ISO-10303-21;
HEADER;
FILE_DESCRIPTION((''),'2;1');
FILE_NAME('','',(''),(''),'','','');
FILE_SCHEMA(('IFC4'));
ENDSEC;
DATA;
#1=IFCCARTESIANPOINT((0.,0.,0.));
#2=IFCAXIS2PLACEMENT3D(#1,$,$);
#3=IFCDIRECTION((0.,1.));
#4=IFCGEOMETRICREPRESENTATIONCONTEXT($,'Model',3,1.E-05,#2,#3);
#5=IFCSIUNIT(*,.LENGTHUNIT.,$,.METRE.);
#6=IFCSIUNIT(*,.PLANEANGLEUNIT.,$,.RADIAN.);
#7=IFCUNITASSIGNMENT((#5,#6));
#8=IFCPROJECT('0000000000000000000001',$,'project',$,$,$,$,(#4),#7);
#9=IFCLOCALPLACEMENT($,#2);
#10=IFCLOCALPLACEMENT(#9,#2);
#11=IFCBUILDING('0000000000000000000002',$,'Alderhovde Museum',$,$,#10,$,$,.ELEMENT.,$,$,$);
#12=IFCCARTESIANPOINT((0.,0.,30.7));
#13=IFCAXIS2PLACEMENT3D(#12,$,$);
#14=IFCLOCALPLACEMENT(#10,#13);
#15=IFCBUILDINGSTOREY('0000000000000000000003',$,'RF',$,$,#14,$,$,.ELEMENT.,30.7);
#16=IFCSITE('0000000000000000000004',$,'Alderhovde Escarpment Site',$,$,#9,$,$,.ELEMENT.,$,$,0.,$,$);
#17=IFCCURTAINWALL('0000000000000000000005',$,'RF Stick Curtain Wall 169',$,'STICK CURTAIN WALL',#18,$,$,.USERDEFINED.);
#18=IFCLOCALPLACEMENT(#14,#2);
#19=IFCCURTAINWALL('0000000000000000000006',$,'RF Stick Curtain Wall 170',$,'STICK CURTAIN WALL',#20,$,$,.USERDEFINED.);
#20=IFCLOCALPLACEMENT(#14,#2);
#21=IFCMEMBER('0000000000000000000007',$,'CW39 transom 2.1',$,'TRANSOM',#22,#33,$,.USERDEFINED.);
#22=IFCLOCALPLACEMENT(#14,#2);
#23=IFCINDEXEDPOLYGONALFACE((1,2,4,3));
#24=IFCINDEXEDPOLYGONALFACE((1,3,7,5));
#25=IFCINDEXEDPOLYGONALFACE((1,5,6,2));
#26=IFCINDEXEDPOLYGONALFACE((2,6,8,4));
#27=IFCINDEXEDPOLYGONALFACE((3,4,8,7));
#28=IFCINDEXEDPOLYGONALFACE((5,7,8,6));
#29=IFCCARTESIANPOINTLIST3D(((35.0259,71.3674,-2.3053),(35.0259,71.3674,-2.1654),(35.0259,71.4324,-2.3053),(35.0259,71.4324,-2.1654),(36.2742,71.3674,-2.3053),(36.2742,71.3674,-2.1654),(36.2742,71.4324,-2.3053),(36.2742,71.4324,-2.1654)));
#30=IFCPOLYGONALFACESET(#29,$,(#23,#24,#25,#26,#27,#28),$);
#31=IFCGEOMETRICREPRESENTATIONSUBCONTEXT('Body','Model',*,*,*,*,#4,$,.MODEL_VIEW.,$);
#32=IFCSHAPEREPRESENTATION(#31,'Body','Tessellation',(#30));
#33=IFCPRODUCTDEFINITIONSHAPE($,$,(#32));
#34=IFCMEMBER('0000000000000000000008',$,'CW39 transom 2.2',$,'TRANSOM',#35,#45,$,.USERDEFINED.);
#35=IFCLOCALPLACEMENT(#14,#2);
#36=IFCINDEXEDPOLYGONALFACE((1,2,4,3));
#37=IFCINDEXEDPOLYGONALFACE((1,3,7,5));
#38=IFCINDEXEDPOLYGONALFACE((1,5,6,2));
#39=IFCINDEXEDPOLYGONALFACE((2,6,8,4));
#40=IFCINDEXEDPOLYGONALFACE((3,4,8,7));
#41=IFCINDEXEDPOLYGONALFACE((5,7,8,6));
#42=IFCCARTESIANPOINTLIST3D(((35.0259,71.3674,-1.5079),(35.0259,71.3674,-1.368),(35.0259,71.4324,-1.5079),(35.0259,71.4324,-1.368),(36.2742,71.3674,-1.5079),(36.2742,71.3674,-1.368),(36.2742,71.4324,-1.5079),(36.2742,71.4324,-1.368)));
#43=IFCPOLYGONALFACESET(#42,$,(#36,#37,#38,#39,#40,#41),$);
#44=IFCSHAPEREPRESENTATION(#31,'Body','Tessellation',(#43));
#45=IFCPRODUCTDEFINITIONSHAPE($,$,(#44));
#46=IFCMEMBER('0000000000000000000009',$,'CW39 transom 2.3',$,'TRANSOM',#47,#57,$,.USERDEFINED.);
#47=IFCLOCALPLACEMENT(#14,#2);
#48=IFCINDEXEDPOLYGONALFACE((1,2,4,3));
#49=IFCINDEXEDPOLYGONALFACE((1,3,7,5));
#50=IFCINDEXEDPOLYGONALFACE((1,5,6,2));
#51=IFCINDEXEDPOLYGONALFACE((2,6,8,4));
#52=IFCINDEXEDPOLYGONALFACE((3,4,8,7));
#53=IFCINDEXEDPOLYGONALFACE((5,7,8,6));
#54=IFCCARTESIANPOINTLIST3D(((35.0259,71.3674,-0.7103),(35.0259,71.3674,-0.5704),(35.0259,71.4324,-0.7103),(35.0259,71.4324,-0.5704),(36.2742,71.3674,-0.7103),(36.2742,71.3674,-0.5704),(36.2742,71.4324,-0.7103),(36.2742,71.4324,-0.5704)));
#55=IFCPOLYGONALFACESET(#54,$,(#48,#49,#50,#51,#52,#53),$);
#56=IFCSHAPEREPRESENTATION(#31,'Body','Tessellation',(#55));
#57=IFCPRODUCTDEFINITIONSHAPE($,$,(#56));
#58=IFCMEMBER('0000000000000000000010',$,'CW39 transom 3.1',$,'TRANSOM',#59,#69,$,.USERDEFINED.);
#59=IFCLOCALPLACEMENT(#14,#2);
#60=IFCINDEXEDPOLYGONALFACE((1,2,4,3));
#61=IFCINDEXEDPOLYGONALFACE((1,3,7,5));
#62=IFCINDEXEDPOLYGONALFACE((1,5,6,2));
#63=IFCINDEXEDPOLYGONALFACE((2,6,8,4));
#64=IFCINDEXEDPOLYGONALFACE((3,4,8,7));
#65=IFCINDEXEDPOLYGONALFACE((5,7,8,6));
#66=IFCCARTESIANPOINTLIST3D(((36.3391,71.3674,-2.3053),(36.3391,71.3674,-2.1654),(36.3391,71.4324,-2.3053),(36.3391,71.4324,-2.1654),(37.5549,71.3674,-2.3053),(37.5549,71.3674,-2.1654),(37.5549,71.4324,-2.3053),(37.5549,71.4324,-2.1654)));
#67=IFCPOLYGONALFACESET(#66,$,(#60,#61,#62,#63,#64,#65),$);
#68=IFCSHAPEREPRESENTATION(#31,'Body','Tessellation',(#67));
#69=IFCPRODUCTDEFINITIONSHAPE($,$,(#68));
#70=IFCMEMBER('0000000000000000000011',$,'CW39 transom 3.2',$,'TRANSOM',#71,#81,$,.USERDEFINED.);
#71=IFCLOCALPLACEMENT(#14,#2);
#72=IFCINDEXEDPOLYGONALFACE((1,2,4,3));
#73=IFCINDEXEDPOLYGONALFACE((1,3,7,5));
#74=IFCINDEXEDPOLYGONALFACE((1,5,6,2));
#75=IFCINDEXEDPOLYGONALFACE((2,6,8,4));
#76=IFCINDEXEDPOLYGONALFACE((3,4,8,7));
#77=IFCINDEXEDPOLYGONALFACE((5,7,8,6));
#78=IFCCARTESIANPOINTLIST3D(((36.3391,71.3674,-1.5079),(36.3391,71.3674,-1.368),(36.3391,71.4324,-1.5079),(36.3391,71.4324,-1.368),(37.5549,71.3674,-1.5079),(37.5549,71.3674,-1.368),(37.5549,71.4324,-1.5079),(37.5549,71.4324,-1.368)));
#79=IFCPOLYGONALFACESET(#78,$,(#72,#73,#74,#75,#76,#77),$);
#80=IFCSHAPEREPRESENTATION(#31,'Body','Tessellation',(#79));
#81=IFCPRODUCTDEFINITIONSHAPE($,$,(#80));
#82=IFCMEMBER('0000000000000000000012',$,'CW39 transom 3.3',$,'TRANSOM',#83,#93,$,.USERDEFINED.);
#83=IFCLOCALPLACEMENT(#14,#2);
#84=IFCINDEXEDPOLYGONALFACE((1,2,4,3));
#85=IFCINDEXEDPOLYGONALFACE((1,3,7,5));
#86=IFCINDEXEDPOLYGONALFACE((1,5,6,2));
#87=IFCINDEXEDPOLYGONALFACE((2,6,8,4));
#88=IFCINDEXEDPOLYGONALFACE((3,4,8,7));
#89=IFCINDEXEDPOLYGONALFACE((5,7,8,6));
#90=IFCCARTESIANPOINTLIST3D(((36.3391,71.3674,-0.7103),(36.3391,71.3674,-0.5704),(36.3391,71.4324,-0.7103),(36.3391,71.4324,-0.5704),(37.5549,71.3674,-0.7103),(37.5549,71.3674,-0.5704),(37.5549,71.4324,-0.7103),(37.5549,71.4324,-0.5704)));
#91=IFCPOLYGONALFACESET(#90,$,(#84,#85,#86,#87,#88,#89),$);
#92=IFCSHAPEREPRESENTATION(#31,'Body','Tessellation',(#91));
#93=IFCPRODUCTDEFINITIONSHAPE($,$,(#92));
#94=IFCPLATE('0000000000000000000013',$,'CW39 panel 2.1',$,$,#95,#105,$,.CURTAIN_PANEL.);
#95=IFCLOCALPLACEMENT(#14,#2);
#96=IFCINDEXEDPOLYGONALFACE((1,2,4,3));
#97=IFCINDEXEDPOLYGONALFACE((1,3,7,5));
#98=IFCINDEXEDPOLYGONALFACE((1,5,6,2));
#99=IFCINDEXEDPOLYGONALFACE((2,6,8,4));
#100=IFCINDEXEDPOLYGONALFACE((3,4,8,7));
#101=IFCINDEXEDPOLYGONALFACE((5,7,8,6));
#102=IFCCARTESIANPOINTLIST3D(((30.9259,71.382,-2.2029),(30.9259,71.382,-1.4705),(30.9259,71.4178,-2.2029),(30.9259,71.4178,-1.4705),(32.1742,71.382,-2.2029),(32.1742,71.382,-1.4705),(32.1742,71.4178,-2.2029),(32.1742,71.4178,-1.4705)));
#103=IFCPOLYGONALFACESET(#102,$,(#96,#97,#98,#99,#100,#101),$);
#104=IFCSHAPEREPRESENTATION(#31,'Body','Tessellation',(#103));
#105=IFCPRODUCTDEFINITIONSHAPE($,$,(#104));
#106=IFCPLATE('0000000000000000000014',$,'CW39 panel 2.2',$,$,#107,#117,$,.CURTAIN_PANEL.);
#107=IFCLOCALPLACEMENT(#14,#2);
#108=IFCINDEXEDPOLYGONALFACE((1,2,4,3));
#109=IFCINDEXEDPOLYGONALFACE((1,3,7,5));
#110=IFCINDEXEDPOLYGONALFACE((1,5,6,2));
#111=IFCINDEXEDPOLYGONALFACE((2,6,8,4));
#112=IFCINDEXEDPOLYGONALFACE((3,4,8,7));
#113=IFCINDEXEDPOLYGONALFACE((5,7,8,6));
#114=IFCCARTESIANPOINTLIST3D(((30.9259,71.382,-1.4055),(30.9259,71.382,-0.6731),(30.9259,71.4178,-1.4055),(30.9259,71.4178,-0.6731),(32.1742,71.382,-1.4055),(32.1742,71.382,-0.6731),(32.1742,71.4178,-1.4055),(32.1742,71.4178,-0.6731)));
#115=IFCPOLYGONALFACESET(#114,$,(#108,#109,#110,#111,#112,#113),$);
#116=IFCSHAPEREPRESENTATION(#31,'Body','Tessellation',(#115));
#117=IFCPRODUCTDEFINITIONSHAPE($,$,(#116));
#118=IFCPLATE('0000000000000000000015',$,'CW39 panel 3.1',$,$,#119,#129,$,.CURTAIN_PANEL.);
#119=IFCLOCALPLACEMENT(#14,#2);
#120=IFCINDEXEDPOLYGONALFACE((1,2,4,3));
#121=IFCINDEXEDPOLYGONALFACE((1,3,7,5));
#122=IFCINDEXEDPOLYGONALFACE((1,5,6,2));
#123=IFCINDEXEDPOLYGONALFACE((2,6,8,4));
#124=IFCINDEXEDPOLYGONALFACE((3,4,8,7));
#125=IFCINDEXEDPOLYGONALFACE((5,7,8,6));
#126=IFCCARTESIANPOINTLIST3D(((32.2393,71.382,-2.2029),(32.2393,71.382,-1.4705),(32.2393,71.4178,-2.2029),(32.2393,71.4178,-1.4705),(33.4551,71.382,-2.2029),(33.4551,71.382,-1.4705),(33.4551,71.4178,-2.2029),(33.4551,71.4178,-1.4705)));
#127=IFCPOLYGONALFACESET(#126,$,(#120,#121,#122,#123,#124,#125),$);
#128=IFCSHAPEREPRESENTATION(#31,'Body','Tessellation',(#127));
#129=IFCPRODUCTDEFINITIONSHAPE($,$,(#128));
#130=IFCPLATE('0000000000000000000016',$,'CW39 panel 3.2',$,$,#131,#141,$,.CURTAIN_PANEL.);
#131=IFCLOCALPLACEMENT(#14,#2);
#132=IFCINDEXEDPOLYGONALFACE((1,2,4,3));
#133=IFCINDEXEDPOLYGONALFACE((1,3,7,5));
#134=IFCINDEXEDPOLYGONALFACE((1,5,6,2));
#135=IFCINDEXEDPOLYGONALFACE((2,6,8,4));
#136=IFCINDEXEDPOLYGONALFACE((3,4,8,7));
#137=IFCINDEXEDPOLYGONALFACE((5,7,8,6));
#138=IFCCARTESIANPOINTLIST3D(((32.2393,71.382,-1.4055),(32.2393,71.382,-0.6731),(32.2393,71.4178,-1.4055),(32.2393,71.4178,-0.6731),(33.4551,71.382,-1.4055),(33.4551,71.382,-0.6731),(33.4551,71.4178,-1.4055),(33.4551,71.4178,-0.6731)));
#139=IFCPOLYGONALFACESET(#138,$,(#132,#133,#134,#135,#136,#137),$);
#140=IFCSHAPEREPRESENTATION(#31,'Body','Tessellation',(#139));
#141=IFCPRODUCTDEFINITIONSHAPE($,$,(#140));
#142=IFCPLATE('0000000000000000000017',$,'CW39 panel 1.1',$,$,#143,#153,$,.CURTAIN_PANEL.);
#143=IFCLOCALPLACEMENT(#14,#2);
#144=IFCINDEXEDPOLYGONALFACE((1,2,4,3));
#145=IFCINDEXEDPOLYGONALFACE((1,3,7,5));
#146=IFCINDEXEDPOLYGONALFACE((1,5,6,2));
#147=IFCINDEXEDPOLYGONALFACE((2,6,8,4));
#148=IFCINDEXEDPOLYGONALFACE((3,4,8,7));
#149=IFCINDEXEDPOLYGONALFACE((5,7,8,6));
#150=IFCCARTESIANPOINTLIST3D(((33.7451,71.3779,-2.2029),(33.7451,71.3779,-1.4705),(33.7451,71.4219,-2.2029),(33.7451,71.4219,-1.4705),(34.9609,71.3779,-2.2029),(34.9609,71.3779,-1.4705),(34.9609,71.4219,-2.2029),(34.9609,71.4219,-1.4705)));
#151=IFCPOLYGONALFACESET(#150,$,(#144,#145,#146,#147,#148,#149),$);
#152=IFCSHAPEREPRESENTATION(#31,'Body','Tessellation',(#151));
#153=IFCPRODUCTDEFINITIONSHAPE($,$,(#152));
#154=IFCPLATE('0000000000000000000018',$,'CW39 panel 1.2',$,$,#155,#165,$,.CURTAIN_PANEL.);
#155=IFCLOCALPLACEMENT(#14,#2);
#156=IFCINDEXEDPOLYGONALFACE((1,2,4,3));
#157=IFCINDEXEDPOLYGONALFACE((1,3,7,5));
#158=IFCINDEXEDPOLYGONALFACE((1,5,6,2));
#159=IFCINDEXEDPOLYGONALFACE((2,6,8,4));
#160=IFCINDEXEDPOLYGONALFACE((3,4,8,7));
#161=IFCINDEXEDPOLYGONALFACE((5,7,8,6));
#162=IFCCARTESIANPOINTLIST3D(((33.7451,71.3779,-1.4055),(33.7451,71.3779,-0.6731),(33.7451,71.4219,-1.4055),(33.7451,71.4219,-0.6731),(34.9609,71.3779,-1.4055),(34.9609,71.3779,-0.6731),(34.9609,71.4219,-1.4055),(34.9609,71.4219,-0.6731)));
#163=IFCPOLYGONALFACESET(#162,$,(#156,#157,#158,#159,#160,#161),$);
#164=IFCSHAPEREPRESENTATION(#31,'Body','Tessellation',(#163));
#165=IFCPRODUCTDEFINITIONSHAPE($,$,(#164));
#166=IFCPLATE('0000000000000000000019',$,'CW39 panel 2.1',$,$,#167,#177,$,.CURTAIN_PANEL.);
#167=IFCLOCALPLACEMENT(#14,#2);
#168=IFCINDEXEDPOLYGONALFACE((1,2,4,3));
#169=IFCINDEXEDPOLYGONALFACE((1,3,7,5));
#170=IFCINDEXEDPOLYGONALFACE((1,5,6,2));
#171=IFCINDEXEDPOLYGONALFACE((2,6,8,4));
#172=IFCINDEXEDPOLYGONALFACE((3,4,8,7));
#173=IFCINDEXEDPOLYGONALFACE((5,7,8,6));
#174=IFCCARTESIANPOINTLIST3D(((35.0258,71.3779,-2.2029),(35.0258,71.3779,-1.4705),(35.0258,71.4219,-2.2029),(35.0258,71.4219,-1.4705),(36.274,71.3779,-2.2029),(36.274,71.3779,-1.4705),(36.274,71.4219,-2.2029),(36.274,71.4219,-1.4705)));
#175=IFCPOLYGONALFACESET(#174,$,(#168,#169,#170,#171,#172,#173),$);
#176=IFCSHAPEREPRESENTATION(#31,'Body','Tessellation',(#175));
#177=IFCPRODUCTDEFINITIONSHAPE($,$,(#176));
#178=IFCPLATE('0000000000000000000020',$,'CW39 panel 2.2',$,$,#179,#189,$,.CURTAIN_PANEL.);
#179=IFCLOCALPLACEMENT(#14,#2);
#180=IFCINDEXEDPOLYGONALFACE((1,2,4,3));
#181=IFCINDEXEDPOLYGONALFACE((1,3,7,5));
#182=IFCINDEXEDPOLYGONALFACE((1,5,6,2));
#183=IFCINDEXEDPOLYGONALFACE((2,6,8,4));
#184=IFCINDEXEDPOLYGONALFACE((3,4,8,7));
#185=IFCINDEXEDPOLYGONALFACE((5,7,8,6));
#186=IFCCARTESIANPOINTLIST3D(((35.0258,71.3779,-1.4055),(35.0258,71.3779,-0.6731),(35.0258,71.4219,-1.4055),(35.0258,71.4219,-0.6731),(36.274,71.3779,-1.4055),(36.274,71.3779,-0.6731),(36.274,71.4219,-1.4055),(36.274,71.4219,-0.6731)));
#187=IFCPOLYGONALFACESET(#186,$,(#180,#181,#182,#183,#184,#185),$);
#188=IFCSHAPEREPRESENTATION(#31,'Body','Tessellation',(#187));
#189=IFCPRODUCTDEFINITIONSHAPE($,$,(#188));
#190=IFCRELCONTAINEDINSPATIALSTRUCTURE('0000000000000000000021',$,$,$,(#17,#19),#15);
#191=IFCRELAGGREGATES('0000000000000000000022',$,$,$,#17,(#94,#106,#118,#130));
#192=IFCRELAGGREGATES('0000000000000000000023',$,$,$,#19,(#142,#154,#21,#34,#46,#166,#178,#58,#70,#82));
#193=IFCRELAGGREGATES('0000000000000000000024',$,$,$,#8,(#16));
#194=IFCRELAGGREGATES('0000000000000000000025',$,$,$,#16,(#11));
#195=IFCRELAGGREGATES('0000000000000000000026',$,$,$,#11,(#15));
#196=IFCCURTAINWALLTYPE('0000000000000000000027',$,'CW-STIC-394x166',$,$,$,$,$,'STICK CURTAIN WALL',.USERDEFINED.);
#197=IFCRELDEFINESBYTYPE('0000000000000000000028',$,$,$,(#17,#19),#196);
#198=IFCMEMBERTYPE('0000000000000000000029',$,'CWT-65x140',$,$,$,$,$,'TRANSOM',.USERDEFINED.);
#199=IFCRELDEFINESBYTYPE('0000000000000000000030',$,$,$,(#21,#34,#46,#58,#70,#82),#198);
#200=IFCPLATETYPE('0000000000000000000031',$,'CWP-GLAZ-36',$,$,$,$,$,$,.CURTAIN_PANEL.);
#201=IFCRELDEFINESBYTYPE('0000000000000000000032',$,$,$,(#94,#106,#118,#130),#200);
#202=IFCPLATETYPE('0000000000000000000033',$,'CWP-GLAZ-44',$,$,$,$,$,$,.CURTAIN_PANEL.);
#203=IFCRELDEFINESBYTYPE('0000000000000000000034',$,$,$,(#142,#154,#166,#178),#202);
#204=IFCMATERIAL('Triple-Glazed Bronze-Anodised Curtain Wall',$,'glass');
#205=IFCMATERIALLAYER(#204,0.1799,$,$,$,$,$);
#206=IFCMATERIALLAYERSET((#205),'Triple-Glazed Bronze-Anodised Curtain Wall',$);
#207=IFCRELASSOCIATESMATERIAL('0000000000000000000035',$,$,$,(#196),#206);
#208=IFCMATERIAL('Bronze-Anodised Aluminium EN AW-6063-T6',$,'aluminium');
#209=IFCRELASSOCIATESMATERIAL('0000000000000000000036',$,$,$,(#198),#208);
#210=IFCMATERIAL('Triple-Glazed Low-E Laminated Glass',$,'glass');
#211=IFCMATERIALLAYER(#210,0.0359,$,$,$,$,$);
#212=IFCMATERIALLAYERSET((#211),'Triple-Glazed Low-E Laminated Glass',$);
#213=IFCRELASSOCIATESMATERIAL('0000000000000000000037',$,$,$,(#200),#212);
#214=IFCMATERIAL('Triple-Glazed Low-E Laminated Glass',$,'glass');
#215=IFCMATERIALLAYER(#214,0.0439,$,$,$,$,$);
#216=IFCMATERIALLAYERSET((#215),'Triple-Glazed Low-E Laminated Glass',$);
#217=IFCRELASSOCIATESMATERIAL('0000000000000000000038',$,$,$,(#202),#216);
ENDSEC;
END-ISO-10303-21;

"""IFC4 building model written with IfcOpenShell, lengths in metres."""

from ifc_helpers import new_model, si_unit, direction, frame, origin, origin_2d, place, context, subcontext, project, spatial, rectangle, extrude, material, layer, layer_set, material_profile, profile_set, type_object, element, aggregate, save


model = new_model("IFC4")

# Units and contexts
model_context = context("Model", 3, precision=1e-05, world=origin(), true_north=direction((0.0, 1.0)))
body_context = subcontext(model_context, "Body", "Model", "MODEL_VIEW")
ifc_project = project(units=[si_unit("LENGTHUNIT", "METRE"), si_unit("PLANEANGLEUNIT", "RADIAN")], contexts=[model_context])

# Site, building, storey
site_placement = place(None, origin())
site = spatial("IfcSite", under=ifc_project, at=site_placement, Name="Alderhovde Escarpment Site", CompositionType="ELEMENT", RefElevation=0.0)
building_placement = place(site_placement, origin())
building = spatial("IfcBuilding", under=site, at=building_placement, Name="Alderhovde Museum", CompositionType="ELEMENT")
storey_placement = place(building_placement, frame((0.0, 0.0, 30.7)))
storey = spatial("IfcBuildingStorey", under=building, at=storey_placement, Name="RF", CompositionType="ELEMENT", Elevation=30.7)

# Curtain walls
ifc_material_1 = material(Name="Triple-Glazed Bronze-Anodised Curtain Wall", Category="glass")
ifc_layer_1 = layer(ifc_material_1, 0.1799)
ifc_layer_set_1 = layer_set([ifc_layer_1], Name="Triple-Glazed Bronze-Anodised Curtain Wall")
curtain_wall_type = type_object("IfcCurtainWallType", Name="CW-STIC-394x166", ElementType="STICK CURTAIN WALL", PredefinedType="USERDEFINED", material=ifc_layer_set_1)
curtain_wall_1_placement = place(storey_placement, origin())
curtain_wall_1 = element("IfcCurtainWall", 1, at=curtain_wall_1_placement, inside=storey, type_object=curtain_wall_type, Name="RF Stick Curtain Wall 169", ObjectType="STICK CURTAIN WALL", PredefinedType="USERDEFINED")
curtain_wall_2_placement = place(storey_placement, origin())
curtain_wall_2 = element("IfcCurtainWall", 2, at=curtain_wall_2_placement, inside=storey, type_object=curtain_wall_type, Name="RF Stick Curtain Wall 170", ObjectType="STICK CURTAIN WALL", PredefinedType="USERDEFINED")

# Members
ifc_material_2 = material(Name="Bronze-Anodised Aluminium EN AW-6063-T6", Category="aluminium")
ifc_material_profile_1 = material_profile(ifc_material_2, rectangle(XDim=0.0649, YDim=0.1399, at=origin_2d()), Name="TRANSOM 65x140")
ifc_profile_set_1 = profile_set([ifc_material_profile_1], Name="Bronze-Anodised Aluminium EN AW-6063-T6")
member_type_1 = type_object("IfcMemberType", Name="CWT-65x140", ElementType="TRANSOM", PredefinedType="USERDEFINED", material=ifc_profile_set_1)
member_1_placement = place(storey_placement, frame((35.0259, 71.3999, -2.2354), z_axis=(1.0, 0.0, 0.0), x_axis=(0.0, 1.0, 0.0)))
member_1 = element("IfcMember", 3, at=member_1_placement, type_object=member_type_1, Name="CW39 transom 2.1", ObjectType="TRANSOM", PredefinedType="USERDEFINED", context=body_context, shape_type="SweptSolid", body=[
    extrude(rectangle(XDim=0.0649, YDim=0.1399, at=origin_2d()), origin(), (0.0, 0.0, 1.0), 1.2483),
])
member_2_placement = place(storey_placement, frame((35.0259, 71.3999, -1.438), z_axis=(1.0, 0.0, 0.0), x_axis=(0.0, 1.0, 0.0)))
member_2 = element("IfcMember", 4, at=member_2_placement, type_object=member_type_1, Name="CW39 transom 2.2", ObjectType="TRANSOM", PredefinedType="USERDEFINED", context=body_context, shape_type="SweptSolid", body=[
    extrude(rectangle(XDim=0.0649, YDim=0.1399, at=origin_2d()), origin(), (0.0, 0.0, 1.0), 1.2483),
])
member_3_placement = place(storey_placement, frame((35.0259, 71.3999, -0.6404), z_axis=(1.0, 0.0, 0.0), x_axis=(0.0, 1.0, 0.0)))
member_3 = element("IfcMember", 5, at=member_3_placement, type_object=member_type_1, Name="CW39 transom 2.3", ObjectType="TRANSOM", PredefinedType="USERDEFINED", context=body_context, shape_type="SweptSolid", body=[
    extrude(rectangle(XDim=0.0649, YDim=0.1399, at=origin_2d()), origin(), (0.0, 0.0, 1.0), 1.2483),
])
member_4_placement = place(storey_placement, frame((36.3391, 71.3999, -2.2354), z_axis=(1.0, 0.0, 0.0), x_axis=(0.0, 1.0, 0.0)))
member_4 = element("IfcMember", 6, at=member_4_placement, type_object=member_type_1, Name="CW39 transom 3.1", ObjectType="TRANSOM", PredefinedType="USERDEFINED", context=body_context, shape_type="SweptSolid", body=[
    extrude(rectangle(XDim=0.0649, YDim=0.1399, at=origin_2d()), origin(), (0.0, 0.0, 1.0), 1.2158),
])
member_5_placement = place(storey_placement, frame((36.3391, 71.3999, -1.438), z_axis=(1.0, 0.0, 0.0), x_axis=(0.0, 1.0, 0.0)))
member_5 = element("IfcMember", 7, at=member_5_placement, type_object=member_type_1, Name="CW39 transom 3.2", ObjectType="TRANSOM", PredefinedType="USERDEFINED", context=body_context, shape_type="SweptSolid", body=[
    extrude(rectangle(XDim=0.0649, YDim=0.1399, at=origin_2d()), origin(), (0.0, 0.0, 1.0), 1.2158),
])
member_6_placement = place(storey_placement, frame((36.3391, 71.3999, -0.6404), z_axis=(1.0, 0.0, 0.0), x_axis=(0.0, 1.0, 0.0)))
member_6 = element("IfcMember", 8, at=member_6_placement, type_object=member_type_1, Name="CW39 transom 3.3", ObjectType="TRANSOM", PredefinedType="USERDEFINED", context=body_context, shape_type="SweptSolid", body=[
    extrude(rectangle(XDim=0.0649, YDim=0.1399, at=origin_2d()), origin(), (0.0, 0.0, 1.0), 1.2158),
])

# Plates
ifc_material_3 = material(Name="Triple-Glazed Low-E Laminated Glass", Category="glass")
ifc_layer_2 = layer(ifc_material_3, 0.0359)
ifc_layer_set_2 = layer_set([ifc_layer_2], Name="Triple-Glazed Low-E Laminated Glass")
plate_type_1 = type_object("IfcPlateType", Name="CWP-GLAZ-36", PredefinedType="CURTAIN_PANEL", material=ifc_layer_set_2)
plate_1_placement = place(storey_placement, frame((31.55, 71.3999, -2.2029), z_axis=(0.0, 0.0, 1.0), x_axis=(1.0, 0.0, 0.0)))
plate_1 = element("IfcPlate", 9, at=plate_1_placement, type_object=plate_type_1, Name="CW39 panel 2.1", PredefinedType="CURTAIN_PANEL", context=body_context, shape_type="SweptSolid", body=[
    extrude(rectangle(XDim=1.2483, YDim=0.0359, at=origin_2d()), origin(), (0.0, 0.0, 1.0), 0.7324),
])
plate_2_placement = place(storey_placement, frame((31.55, 71.3999, -1.4055), z_axis=(0.0, 0.0, 1.0), x_axis=(1.0, 0.0, 0.0)))
plate_2 = element("IfcPlate", 10, at=plate_2_placement, type_object=plate_type_1, Name="CW39 panel 2.2", PredefinedType="CURTAIN_PANEL", context=body_context, shape_type="SweptSolid", body=[
    extrude(rectangle(XDim=1.2483, YDim=0.0359, at=origin_2d()), origin(), (0.0, 0.0, 1.0), 0.7324),
])
plate_3_placement = place(storey_placement, frame((32.8472, 71.3999, -2.2029), z_axis=(0.0, 0.0, 1.0), x_axis=(1.0, 0.0, 0.0)))
plate_3 = element("IfcPlate", 11, at=plate_3_placement, type_object=plate_type_1, Name="CW39 panel 3.1", PredefinedType="CURTAIN_PANEL", context=body_context, shape_type="SweptSolid", body=[
    extrude(rectangle(XDim=1.2158, YDim=0.0359, at=origin_2d()), origin(), (0.0, 0.0, 1.0), 0.7324),
])
plate_4_placement = place(storey_placement, frame((32.8472, 71.3999, -1.4055), z_axis=(0.0, 0.0, 1.0), x_axis=(1.0, 0.0, 0.0)))
plate_4 = element("IfcPlate", 12, at=plate_4_placement, type_object=plate_type_1, Name="CW39 panel 3.2", PredefinedType="CURTAIN_PANEL", context=body_context, shape_type="SweptSolid", body=[
    extrude(rectangle(XDim=1.2158, YDim=0.0359, at=origin_2d()), origin(), (0.0, 0.0, 1.0), 0.7324),
])
aggregate(curtain_wall_1, [plate_1, plate_2, plate_3, plate_4])
ifc_material_4 = material(Name="Triple-Glazed Low-E Laminated Glass", Category="glass")
ifc_layer_3 = layer(ifc_material_4, 0.0439)
ifc_layer_set_3 = layer_set([ifc_layer_3], Name="Triple-Glazed Low-E Laminated Glass")
plate_type_2 = type_object("IfcPlateType", Name="CWP-GLAZ-44", PredefinedType="CURTAIN_PANEL", material=ifc_layer_set_3)
plate_5_placement = place(storey_placement, frame((34.353, 71.3999, -2.2029), z_axis=(0.0, 0.0, 1.0), x_axis=(1.0, 0.0, 0.0)))
plate_5 = element("IfcPlate", 13, at=plate_5_placement, type_object=plate_type_2, Name="CW39 panel 1.1", PredefinedType="CURTAIN_PANEL", context=body_context, shape_type="SweptSolid", body=[
    extrude(rectangle(XDim=1.2158, YDim=0.0439, at=origin_2d()), origin(), (0.0, 0.0, 1.0), 0.7324),
])
plate_6_placement = place(storey_placement, frame((34.353, 71.3999, -1.4055), z_axis=(0.0, 0.0, 1.0), x_axis=(1.0, 0.0, 0.0)))
plate_6 = element("IfcPlate", 14, at=plate_6_placement, type_object=plate_type_2, Name="CW39 panel 1.2", PredefinedType="CURTAIN_PANEL", context=body_context, shape_type="SweptSolid", body=[
    extrude(rectangle(XDim=1.2158, YDim=0.0439, at=origin_2d()), origin(), (0.0, 0.0, 1.0), 0.7324),
])
plate_7_placement = place(storey_placement, frame((35.6499, 71.3999, -2.2029), z_axis=(0.0, 0.0, 1.0), x_axis=(1.0, 0.0, 0.0)))
plate_7 = element("IfcPlate", 15, at=plate_7_placement, type_object=plate_type_2, Name="CW39 panel 2.1", PredefinedType="CURTAIN_PANEL", context=body_context, shape_type="SweptSolid", body=[
    extrude(rectangle(XDim=1.2483, YDim=0.0439, at=origin_2d()), origin(), (0.0, 0.0, 1.0), 0.7324),
])
plate_8_placement = place(storey_placement, frame((35.6499, 71.3999, -1.4055), z_axis=(0.0, 0.0, 1.0), x_axis=(1.0, 0.0, 0.0)))
plate_8 = element("IfcPlate", 16, at=plate_8_placement, type_object=plate_type_2, Name="CW39 panel 2.2", PredefinedType="CURTAIN_PANEL", context=body_context, shape_type="SweptSolid", body=[
    extrude(rectangle(XDim=1.2483, YDim=0.0439, at=origin_2d()), origin(), (0.0, 0.0, 1.0), 0.7324),
])
aggregate(curtain_wall_2, [plate_5, plate_6, member_1, member_2, member_3, plate_7, plate_8, member_4, member_5, member_6])

save(model, "model.ifc")
